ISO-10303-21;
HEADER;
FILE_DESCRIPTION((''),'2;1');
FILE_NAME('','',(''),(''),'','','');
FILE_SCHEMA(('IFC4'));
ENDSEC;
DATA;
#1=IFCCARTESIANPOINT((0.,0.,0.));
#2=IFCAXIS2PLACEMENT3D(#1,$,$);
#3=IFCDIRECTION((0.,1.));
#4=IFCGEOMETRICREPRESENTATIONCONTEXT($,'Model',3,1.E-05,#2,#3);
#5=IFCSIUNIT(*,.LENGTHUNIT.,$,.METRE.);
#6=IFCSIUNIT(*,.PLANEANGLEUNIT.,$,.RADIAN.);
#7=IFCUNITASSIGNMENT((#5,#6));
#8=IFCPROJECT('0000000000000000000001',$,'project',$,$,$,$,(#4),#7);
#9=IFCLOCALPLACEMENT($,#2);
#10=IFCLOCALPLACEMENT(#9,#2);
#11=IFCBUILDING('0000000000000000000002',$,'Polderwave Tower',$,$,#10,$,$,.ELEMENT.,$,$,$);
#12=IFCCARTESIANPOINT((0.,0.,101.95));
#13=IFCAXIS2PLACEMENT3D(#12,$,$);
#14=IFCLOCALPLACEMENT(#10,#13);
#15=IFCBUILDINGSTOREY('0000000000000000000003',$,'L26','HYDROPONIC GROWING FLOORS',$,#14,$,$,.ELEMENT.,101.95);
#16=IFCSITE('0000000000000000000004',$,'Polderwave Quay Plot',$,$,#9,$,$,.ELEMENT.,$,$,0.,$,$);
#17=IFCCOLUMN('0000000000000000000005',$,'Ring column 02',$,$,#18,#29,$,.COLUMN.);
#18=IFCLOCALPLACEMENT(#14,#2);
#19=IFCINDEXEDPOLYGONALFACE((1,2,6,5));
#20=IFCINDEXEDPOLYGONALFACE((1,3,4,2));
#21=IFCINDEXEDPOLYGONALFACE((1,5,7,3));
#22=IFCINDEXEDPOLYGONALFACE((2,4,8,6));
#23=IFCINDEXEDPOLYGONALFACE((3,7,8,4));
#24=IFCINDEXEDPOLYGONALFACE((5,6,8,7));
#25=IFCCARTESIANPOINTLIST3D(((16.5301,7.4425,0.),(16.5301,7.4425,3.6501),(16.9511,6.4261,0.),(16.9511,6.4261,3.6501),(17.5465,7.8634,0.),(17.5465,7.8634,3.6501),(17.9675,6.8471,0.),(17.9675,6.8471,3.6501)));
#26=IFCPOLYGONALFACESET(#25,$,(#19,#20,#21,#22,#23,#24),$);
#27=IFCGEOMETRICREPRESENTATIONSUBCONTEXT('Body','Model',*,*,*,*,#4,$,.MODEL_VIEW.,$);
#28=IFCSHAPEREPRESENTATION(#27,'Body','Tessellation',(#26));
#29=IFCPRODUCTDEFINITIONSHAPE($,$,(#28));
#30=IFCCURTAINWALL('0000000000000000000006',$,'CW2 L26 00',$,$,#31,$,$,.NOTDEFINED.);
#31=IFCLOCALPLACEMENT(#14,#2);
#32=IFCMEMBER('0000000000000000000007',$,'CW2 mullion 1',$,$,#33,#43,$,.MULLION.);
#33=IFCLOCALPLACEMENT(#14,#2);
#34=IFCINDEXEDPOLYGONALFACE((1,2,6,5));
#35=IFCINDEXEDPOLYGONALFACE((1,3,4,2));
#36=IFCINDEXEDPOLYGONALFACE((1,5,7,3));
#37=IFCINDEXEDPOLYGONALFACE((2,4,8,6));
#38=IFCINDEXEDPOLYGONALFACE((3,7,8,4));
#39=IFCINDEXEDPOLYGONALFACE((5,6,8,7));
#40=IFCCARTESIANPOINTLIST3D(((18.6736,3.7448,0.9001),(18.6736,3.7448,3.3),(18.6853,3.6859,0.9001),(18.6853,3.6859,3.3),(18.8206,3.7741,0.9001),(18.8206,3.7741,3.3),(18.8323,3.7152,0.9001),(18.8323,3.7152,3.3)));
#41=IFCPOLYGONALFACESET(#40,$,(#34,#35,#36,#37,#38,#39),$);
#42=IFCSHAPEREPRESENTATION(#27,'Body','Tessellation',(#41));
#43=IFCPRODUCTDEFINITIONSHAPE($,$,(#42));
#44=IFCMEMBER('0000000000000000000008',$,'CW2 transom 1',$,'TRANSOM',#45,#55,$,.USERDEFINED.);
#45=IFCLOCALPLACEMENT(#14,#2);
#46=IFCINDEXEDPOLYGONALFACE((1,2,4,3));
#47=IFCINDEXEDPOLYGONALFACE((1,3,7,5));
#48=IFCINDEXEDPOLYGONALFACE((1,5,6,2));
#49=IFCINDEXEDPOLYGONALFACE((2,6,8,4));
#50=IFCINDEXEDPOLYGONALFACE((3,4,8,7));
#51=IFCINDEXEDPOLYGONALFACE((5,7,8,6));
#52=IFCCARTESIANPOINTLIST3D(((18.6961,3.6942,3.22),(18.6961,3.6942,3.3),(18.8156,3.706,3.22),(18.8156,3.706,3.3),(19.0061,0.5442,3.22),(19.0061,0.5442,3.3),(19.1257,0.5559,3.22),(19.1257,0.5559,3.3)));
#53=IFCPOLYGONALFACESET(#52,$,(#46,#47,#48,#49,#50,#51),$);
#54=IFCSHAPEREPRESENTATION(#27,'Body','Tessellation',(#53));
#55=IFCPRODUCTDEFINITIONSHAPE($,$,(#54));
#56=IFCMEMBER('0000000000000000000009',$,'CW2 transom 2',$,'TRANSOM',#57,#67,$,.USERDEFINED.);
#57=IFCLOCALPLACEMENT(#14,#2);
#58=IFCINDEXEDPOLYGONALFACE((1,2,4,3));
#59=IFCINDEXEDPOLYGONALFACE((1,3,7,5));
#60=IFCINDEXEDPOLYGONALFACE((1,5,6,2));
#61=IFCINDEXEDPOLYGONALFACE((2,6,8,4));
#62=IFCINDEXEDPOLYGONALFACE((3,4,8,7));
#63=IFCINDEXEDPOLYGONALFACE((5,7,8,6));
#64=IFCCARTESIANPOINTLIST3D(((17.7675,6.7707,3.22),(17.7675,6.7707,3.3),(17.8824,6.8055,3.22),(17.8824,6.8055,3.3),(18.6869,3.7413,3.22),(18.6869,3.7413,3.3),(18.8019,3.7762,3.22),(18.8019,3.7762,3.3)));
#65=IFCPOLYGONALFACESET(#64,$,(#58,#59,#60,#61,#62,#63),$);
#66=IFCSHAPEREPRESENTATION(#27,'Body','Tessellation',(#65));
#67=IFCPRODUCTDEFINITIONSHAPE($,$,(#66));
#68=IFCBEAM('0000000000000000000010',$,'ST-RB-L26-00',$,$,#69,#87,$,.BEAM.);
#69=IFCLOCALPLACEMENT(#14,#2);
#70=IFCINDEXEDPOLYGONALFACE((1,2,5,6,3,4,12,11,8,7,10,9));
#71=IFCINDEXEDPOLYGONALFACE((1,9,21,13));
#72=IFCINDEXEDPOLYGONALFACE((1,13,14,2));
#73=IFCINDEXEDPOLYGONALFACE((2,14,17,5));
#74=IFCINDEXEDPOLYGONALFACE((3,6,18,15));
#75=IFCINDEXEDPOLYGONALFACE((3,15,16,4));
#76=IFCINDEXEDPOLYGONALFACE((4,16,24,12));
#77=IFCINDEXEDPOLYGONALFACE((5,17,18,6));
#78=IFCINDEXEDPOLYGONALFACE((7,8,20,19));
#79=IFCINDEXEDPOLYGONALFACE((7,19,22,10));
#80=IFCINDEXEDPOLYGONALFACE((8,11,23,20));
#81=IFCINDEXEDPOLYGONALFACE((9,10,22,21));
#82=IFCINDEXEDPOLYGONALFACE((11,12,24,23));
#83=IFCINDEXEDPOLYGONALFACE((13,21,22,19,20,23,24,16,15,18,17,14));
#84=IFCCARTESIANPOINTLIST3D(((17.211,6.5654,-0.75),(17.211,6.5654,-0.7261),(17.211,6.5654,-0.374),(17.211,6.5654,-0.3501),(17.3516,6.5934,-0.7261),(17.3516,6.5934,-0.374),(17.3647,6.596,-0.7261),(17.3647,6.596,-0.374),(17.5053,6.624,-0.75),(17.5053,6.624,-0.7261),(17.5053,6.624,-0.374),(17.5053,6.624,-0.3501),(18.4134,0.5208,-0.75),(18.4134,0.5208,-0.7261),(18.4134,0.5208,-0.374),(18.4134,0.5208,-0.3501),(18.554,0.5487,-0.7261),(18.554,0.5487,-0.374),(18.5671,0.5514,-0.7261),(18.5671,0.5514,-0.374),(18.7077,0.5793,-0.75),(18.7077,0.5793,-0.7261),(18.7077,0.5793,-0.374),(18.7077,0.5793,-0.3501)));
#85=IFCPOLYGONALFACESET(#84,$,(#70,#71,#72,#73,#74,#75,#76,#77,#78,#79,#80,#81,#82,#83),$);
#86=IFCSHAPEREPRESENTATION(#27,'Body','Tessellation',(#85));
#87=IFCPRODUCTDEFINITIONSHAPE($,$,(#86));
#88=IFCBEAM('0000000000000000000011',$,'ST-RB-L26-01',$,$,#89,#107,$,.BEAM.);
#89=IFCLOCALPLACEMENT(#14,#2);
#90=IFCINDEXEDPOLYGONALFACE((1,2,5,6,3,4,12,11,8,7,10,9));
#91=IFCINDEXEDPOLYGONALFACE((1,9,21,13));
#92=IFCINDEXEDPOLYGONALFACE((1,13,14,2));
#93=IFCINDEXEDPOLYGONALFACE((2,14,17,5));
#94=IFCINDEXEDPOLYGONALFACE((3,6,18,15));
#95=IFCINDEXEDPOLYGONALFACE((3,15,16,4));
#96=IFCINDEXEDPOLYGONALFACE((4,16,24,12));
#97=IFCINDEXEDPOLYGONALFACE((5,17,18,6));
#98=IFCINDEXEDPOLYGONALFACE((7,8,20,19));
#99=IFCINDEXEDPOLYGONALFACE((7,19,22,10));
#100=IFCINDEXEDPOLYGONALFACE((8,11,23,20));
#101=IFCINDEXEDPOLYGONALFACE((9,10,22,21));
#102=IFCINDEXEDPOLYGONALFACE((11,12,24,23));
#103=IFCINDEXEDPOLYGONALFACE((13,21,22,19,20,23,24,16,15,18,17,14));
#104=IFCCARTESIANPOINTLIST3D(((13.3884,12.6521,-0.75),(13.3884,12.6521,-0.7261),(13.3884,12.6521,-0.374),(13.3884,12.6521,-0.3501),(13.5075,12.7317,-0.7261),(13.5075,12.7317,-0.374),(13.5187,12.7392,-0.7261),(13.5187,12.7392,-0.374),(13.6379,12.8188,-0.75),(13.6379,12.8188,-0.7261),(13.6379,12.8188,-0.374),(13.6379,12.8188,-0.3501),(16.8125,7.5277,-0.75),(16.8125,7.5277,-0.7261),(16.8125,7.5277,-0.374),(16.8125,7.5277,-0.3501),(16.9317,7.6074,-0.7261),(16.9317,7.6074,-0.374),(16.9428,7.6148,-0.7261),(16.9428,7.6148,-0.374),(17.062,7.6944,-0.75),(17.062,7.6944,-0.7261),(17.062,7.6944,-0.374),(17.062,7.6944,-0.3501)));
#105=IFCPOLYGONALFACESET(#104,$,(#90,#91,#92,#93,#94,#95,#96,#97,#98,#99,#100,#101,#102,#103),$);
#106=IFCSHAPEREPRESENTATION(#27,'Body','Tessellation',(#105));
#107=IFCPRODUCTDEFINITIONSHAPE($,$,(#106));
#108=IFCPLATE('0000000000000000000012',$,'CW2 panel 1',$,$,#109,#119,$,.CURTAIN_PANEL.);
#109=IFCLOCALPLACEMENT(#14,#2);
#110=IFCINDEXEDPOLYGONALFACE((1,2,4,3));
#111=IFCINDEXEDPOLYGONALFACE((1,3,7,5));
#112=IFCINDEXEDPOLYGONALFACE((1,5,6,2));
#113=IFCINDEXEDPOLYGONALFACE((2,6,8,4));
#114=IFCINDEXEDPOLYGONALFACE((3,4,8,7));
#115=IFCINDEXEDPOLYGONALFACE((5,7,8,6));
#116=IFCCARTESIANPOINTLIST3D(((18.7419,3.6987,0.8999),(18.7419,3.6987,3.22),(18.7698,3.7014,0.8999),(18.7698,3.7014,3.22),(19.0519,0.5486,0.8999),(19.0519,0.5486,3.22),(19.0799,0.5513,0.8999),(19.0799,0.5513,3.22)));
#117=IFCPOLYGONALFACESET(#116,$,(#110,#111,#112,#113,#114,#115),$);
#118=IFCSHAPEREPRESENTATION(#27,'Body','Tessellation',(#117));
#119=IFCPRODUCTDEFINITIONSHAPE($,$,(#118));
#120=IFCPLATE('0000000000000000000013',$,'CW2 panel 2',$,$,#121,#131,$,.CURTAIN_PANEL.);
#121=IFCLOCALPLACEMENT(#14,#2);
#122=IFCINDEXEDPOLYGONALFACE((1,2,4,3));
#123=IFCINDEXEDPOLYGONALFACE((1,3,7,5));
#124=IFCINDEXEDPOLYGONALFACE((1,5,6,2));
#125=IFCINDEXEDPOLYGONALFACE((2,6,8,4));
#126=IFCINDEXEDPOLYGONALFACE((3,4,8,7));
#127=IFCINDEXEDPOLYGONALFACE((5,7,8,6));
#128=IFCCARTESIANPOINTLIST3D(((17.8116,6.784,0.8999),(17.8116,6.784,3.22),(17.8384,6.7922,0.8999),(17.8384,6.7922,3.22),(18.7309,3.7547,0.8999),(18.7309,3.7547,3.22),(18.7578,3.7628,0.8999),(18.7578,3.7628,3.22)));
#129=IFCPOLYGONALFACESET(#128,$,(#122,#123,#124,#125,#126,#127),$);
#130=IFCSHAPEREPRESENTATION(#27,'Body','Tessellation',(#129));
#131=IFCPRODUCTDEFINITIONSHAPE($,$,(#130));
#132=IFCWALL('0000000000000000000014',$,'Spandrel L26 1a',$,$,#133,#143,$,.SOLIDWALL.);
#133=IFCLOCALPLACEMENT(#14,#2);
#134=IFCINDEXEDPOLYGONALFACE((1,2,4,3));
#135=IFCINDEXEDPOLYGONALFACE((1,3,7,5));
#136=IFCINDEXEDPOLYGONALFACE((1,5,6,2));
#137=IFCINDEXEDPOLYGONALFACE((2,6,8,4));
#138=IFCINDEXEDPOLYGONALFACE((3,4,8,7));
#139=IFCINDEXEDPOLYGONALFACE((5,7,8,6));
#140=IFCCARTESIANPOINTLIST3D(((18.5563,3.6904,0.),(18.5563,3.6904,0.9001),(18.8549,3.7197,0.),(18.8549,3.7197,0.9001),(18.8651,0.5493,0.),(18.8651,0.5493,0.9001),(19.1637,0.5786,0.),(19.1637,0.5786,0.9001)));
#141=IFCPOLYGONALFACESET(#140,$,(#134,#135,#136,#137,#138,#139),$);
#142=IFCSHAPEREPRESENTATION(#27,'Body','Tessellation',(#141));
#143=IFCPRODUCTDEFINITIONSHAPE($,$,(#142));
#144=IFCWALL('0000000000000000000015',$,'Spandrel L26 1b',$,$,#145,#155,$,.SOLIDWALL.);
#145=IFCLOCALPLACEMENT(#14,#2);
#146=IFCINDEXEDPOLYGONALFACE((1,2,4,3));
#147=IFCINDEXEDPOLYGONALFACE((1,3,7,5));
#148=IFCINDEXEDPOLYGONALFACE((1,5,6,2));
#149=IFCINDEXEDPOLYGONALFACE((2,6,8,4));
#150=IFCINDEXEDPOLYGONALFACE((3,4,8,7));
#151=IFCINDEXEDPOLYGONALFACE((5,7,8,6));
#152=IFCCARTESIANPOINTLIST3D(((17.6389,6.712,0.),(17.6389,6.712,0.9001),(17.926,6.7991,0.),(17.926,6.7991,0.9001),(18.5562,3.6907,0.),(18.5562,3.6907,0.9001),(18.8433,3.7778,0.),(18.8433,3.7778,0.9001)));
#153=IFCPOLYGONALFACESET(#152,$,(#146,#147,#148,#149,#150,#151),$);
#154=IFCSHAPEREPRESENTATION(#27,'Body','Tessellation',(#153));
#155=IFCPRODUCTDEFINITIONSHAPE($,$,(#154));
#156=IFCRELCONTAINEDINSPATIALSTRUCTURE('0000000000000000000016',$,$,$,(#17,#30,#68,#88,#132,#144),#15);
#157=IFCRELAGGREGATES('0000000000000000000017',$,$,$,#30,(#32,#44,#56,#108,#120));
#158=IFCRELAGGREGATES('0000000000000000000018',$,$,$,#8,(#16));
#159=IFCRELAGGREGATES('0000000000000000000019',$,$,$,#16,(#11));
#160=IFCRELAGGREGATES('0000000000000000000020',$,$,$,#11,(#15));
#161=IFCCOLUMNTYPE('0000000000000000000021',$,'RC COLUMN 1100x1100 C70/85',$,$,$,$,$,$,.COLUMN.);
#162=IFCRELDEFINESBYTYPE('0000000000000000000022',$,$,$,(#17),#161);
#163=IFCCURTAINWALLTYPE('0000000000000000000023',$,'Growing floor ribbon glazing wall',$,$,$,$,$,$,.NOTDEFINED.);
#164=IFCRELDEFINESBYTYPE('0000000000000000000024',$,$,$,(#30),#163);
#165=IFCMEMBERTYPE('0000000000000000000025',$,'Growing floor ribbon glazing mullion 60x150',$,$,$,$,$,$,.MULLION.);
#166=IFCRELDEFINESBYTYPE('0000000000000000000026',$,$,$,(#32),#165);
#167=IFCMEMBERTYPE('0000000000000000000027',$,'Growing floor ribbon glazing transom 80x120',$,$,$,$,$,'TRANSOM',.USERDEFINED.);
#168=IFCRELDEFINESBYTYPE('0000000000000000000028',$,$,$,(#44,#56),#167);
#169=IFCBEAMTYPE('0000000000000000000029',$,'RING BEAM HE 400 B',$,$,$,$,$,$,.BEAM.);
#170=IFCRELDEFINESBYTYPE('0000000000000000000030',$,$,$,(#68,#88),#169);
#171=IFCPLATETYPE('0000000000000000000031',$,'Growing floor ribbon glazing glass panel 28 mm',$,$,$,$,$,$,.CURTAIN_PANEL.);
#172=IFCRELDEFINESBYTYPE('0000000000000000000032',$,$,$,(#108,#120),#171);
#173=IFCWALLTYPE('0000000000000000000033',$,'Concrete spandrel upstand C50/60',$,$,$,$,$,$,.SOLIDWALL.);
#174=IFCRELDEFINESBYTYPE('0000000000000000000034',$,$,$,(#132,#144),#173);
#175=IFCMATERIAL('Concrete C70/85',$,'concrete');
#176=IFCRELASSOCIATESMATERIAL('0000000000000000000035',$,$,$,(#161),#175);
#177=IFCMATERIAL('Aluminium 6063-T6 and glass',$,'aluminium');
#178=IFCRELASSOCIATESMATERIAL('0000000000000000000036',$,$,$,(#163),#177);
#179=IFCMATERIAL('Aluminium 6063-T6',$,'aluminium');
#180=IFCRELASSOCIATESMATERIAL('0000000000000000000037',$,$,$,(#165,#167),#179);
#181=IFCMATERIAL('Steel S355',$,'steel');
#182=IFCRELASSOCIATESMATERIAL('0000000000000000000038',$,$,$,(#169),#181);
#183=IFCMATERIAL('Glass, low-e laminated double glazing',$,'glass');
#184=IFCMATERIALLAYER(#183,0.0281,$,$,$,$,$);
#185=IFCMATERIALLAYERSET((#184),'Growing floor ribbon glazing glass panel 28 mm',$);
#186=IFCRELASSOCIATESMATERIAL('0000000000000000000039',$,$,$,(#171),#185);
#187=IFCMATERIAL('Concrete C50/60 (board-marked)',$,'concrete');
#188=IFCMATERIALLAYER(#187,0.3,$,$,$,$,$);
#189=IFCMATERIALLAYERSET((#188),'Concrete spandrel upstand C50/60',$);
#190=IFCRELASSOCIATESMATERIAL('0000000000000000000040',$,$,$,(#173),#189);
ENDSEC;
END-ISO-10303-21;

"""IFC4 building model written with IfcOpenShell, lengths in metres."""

from ifc_helpers import new_model, si_unit, direction, frame, frame_2d, origin, origin_2d, place, context, subcontext, project, spatial, rectangle, i_section, extrude, material, layer, layer_set, material_profile, profile_set, type_object, element, aggregate, save


model = new_model("IFC4")

# Units and contexts
model_context = context("Model", 3, precision=1e-05, world=origin(), true_north=direction((0.0, 1.0)))
body_context = subcontext(model_context, "Body", "Model", "MODEL_VIEW")
ifc_project = project(units=[si_unit("LENGTHUNIT", "METRE"), si_unit("PLANEANGLEUNIT", "RADIAN")], contexts=[model_context])

# Site, building, storey
site_placement = place(None, origin())
site = spatial("IfcSite", under=ifc_project, at=site_placement, Name="Polderwave Quay Plot", CompositionType="ELEMENT", RefElevation=0.0)
building_placement = place(site_placement, origin())
building = spatial("IfcBuilding", under=site, at=building_placement, Name="Polderwave Tower", CompositionType="ELEMENT")
storey_placement = place(building_placement, frame((0.0, 0.0, 101.95)))
storey = spatial("IfcBuildingStorey", under=building, at=storey_placement, Name="L26", Description="HYDROPONIC GROWING FLOORS", CompositionType="ELEMENT", Elevation=101.95)

# Column
ifc_material_1 = material(Name="Concrete C70/85", Category="concrete")
ifc_material_profile_1 = material_profile(ifc_material_1, rectangle(XDim=1.1001, YDim=1.1001, at=origin_2d()), Name="RC 1100x1100")
ifc_profile_set_1 = profile_set([ifc_material_profile_1], Name="Concrete C70/85")
column_type = type_object("IfcColumnType", Name="RC COLUMN 1100x1100 C70/85", PredefinedType="COLUMN", material=ifc_profile_set_1)
column_placement = place(storey_placement, frame((17.2488, 7.1448, 0.0), z_axis=(0.0, 0.0, 1.0), x_axis=(0.92388, 0.382683, 0.0)))
element("IfcColumn", 1, at=column_placement, inside=storey, type_object=column_type, Name="Ring column 02", PredefinedType="COLUMN", context=body_context, shape_type="SweptSolid", body=[
    extrude(rectangle(XDim=1.1001, YDim=1.1001, at=origin_2d()), origin(), (0.0, 0.0, 1.0), 3.6501),
])

# Curtain wall, members
ifc_material_2 = material(Name="Aluminium 6063-T6 and glass", Category="aluminium")
curtain_wall_type = type_object("IfcCurtainWallType", Name="Growing floor ribbon glazing wall", PredefinedType="NOTDEFINED", material=ifc_material_2)
curtain_wall_placement = place(storey_placement, origin())
curtain_wall = element("IfcCurtainWall", 2, at=curtain_wall_placement, inside=storey, type_object=curtain_wall_type, Name="CW2 L26 00", PredefinedType="NOTDEFINED")
ifc_material_3 = material(Name="Aluminium 6063-T6", Category="aluminium")
ifc_material_profile_2 = material_profile(ifc_material_3, rectangle(XDim=0.1499, YDim=0.0601, at=origin_2d()), Name="AL 60x150")
ifc_profile_set_2 = profile_set([ifc_material_profile_2], Name="Aluminium 6063-T6")
member_type_1 = type_object("IfcMemberType", Name="Growing floor ribbon glazing mullion 60x150", PredefinedType="MULLION", material=ifc_profile_set_2)
member_1_placement = place(storey_placement, frame((18.7529, 3.73, 0.9001), z_axis=(0.0, 0.0, 1.0), x_axis=(-0.980781, -0.195113, 0.0)))
member_1 = element("IfcMember", 3, at=member_1_placement, type_object=member_type_1, Name="CW2 mullion 1", PredefinedType="MULLION", context=body_context, shape_type="SweptSolid", body=[
    extrude(rectangle(XDim=0.1499, YDim=0.0601, at=origin_2d()), origin(), (0.0, 0.0, 1.0), 2.3999),
])
ifc_material_profile_3 = material_profile(ifc_material_3, rectangle(XDim=0.1201, YDim=0.0801, at=origin_2d()), Name="AL 80x120")
ifc_profile_set_3 = profile_set([ifc_material_profile_3], Name="Aluminium 6063-T6")
member_type_2 = type_object("IfcMemberType", Name="Growing floor ribbon glazing transom 80x120", ElementType="TRANSOM", PredefinedType="USERDEFINED", material=ifc_profile_set_3)
member_2_placement = place(storey_placement, frame((19.0659, 0.55, 3.26), z_axis=(-0.097953, 0.995191, 0.0), x_axis=(-0.995191, -0.097953, 0.0)))
member_2 = element("IfcMember", 4, at=member_2_placement, type_object=member_type_2, Name="CW2 transom 1", ObjectType="TRANSOM", PredefinedType="USERDEFINED", context=body_context, shape_type="SweptSolid", body=[
    extrude(rectangle(XDim=0.1201, YDim=0.0801, at=origin_2d()), origin(), (0.0, 0.0, 1.0), 3.1653),
])
member_3_placement = place(storey_placement, frame((18.7444, 3.7588, 3.26), z_axis=(-0.290431, 0.956896, 0.0), x_axis=(-0.956896, -0.290431, 0.0)))
member_3 = element("IfcMember", 5, at=member_3_placement, type_object=member_type_2, Name="CW2 transom 2", ObjectType="TRANSOM", PredefinedType="USERDEFINED", context=body_context, shape_type="SweptSolid", body=[
    extrude(rectangle(XDim=0.1201, YDim=0.0801, at=origin_2d()), origin(), (0.0, 0.0, 1.0), 3.1658),
])

# Beams
ifc_material_4 = material(Name="Steel S355", Category="steel")
ifc_material_profile_4 = material_profile(ifc_material_4, i_section(OverallWidth=0.3, OverallDepth=0.3999, WebThickness=0.0134, FlangeThickness=0.0239, at=origin_2d()), Name="HE 400 B")
ifc_profile_set_4 = profile_set([ifc_material_profile_4], Name="Steel S355")
beam_type = type_object("IfcBeamType", Name="RING BEAM HE 400 B", PredefinedType="BEAM", material=ifc_profile_set_4)
for number, where, z_axis, x_axis, name in (
    (6, (18.5605, 0.55, -0.55), (-0.195095, 0.980784, 0.0), (-0.980784, -0.195095, 0.0), "ST-RB-L26-00"),
    (7, (16.9373, 7.6111, -0.55), (-0.555587, 0.831459, 0.0), (-0.831459, -0.555587, 0.0), "ST-RB-L26-01"),
):
    element("IfcBeam", number, at=place(storey_placement, frame(where, z_axis=z_axis, x_axis=x_axis)), inside=storey, type_object=beam_type, Name=name, PredefinedType="BEAM", context=body_context, shape_type="SweptSolid", body=[
        extrude(i_section(OverallWidth=0.3, OverallDepth=0.3999, WebThickness=0.0134, FlangeThickness=0.0239, at=origin_2d()), origin(), (0.0, 0.0, 1.0), 6.1631),
    ])

# Plates
ifc_material_5 = material(Name="Glass, low-e laminated double glazing", Category="glass")
ifc_layer_1 = layer(ifc_material_5, 0.0281)
ifc_layer_set_1 = layer_set([ifc_layer_1], Name="Growing floor ribbon glazing glass panel 28 mm")
plate_type = type_object("IfcPlateType", Name="Growing floor ribbon glazing glass panel 28 mm", PredefinedType="CURTAIN_PANEL", material=ifc_layer_set_1)
plate_1_placement = place(storey_placement, frame((18.9109, 2.125, 0.8999), z_axis=(0.0, 0.0, 1.0), x_axis=(-0.097955, 0.995191, 0.0)))
plate_1 = element("IfcPlate", 8, at=plate_1_placement, type_object=plate_type, Name="CW2 panel 1", PredefinedType="CURTAIN_PANEL", context=body_context, shape_type="SweptSolid", body=[
    extrude(rectangle(XDim=3.1653, YDim=0.0281, at=origin_2d()), origin(), (0.0, 0.0, 1.0), 2.3201),
])
plate_2_placement = place(storey_placement, frame((18.2847, 5.2734, 0.8999), z_axis=(0.0, 0.0, 1.0), x_axis=(-0.29039, 0.956908, 0.0)))
plate_2 = element("IfcPlate", 9, at=plate_2_placement, type_object=plate_type, Name="CW2 panel 2", PredefinedType="CURTAIN_PANEL", context=body_context, shape_type="SweptSolid", body=[
    extrude(rectangle(XDim=3.1658, YDim=0.0281, at=origin_2d()), origin(), (0.0, 0.0, 1.0), 2.3201),
])
aggregate(curtain_wall, [member_1, member_2, member_3, plate_1, plate_2])

# Walls
ifc_material_6 = material(Name="Concrete C50/60 (board-marked)", Category="concrete")
ifc_layer_2 = layer(ifc_material_6, 0.3)
ifc_layer_set_2 = layer_set([ifc_layer_2], Name="Concrete spandrel upstand C50/60")
wall_type_1 = type_object("IfcWallType", Name="Concrete spandrel upstand C50/60", PredefinedType="SOLIDWALL", material=ifc_layer_set_2)
wall_1_placement = place(storey_placement, frame((19.0144, 0.564, 0.0), z_axis=(0.0, 0.0, 1.0), x_axis=(-0.097849, 0.995201, 0.0)))
element("IfcWall", 10, at=wall_1_placement, inside=storey, type_object=wall_type_1, Name="Spandrel L26 1a", PredefinedType="SOLIDWALL", context=body_context, shape_type="SweptSolid", body=[
    extrude(rectangle(XDim=3.1562, YDim=0.3, at=frame_2d((1.5781, 0.0))), origin(), (0.0, 0.0, 1.0), 0.9001),
])
wall_2_placement = place(storey_placement, frame((18.6997, 3.7344, 0.0), z_axis=(0.0, 0.0, 1.0), x_axis=(-0.290503, 0.956874, 0.0)))
element("IfcWall", 11, at=wall_2_placement, inside=storey, type_object=wall_type_1, Name="Spandrel L26 1b", PredefinedType="SOLIDWALL", context=body_context, shape_type="SweptSolid", body=[
    extrude(rectangle(XDim=3.1575, YDim=0.3, at=frame_2d((1.5786, 0.0))), origin(), (0.0, 0.0, 1.0), 0.9001),
])

save(model, "model.ifc")
